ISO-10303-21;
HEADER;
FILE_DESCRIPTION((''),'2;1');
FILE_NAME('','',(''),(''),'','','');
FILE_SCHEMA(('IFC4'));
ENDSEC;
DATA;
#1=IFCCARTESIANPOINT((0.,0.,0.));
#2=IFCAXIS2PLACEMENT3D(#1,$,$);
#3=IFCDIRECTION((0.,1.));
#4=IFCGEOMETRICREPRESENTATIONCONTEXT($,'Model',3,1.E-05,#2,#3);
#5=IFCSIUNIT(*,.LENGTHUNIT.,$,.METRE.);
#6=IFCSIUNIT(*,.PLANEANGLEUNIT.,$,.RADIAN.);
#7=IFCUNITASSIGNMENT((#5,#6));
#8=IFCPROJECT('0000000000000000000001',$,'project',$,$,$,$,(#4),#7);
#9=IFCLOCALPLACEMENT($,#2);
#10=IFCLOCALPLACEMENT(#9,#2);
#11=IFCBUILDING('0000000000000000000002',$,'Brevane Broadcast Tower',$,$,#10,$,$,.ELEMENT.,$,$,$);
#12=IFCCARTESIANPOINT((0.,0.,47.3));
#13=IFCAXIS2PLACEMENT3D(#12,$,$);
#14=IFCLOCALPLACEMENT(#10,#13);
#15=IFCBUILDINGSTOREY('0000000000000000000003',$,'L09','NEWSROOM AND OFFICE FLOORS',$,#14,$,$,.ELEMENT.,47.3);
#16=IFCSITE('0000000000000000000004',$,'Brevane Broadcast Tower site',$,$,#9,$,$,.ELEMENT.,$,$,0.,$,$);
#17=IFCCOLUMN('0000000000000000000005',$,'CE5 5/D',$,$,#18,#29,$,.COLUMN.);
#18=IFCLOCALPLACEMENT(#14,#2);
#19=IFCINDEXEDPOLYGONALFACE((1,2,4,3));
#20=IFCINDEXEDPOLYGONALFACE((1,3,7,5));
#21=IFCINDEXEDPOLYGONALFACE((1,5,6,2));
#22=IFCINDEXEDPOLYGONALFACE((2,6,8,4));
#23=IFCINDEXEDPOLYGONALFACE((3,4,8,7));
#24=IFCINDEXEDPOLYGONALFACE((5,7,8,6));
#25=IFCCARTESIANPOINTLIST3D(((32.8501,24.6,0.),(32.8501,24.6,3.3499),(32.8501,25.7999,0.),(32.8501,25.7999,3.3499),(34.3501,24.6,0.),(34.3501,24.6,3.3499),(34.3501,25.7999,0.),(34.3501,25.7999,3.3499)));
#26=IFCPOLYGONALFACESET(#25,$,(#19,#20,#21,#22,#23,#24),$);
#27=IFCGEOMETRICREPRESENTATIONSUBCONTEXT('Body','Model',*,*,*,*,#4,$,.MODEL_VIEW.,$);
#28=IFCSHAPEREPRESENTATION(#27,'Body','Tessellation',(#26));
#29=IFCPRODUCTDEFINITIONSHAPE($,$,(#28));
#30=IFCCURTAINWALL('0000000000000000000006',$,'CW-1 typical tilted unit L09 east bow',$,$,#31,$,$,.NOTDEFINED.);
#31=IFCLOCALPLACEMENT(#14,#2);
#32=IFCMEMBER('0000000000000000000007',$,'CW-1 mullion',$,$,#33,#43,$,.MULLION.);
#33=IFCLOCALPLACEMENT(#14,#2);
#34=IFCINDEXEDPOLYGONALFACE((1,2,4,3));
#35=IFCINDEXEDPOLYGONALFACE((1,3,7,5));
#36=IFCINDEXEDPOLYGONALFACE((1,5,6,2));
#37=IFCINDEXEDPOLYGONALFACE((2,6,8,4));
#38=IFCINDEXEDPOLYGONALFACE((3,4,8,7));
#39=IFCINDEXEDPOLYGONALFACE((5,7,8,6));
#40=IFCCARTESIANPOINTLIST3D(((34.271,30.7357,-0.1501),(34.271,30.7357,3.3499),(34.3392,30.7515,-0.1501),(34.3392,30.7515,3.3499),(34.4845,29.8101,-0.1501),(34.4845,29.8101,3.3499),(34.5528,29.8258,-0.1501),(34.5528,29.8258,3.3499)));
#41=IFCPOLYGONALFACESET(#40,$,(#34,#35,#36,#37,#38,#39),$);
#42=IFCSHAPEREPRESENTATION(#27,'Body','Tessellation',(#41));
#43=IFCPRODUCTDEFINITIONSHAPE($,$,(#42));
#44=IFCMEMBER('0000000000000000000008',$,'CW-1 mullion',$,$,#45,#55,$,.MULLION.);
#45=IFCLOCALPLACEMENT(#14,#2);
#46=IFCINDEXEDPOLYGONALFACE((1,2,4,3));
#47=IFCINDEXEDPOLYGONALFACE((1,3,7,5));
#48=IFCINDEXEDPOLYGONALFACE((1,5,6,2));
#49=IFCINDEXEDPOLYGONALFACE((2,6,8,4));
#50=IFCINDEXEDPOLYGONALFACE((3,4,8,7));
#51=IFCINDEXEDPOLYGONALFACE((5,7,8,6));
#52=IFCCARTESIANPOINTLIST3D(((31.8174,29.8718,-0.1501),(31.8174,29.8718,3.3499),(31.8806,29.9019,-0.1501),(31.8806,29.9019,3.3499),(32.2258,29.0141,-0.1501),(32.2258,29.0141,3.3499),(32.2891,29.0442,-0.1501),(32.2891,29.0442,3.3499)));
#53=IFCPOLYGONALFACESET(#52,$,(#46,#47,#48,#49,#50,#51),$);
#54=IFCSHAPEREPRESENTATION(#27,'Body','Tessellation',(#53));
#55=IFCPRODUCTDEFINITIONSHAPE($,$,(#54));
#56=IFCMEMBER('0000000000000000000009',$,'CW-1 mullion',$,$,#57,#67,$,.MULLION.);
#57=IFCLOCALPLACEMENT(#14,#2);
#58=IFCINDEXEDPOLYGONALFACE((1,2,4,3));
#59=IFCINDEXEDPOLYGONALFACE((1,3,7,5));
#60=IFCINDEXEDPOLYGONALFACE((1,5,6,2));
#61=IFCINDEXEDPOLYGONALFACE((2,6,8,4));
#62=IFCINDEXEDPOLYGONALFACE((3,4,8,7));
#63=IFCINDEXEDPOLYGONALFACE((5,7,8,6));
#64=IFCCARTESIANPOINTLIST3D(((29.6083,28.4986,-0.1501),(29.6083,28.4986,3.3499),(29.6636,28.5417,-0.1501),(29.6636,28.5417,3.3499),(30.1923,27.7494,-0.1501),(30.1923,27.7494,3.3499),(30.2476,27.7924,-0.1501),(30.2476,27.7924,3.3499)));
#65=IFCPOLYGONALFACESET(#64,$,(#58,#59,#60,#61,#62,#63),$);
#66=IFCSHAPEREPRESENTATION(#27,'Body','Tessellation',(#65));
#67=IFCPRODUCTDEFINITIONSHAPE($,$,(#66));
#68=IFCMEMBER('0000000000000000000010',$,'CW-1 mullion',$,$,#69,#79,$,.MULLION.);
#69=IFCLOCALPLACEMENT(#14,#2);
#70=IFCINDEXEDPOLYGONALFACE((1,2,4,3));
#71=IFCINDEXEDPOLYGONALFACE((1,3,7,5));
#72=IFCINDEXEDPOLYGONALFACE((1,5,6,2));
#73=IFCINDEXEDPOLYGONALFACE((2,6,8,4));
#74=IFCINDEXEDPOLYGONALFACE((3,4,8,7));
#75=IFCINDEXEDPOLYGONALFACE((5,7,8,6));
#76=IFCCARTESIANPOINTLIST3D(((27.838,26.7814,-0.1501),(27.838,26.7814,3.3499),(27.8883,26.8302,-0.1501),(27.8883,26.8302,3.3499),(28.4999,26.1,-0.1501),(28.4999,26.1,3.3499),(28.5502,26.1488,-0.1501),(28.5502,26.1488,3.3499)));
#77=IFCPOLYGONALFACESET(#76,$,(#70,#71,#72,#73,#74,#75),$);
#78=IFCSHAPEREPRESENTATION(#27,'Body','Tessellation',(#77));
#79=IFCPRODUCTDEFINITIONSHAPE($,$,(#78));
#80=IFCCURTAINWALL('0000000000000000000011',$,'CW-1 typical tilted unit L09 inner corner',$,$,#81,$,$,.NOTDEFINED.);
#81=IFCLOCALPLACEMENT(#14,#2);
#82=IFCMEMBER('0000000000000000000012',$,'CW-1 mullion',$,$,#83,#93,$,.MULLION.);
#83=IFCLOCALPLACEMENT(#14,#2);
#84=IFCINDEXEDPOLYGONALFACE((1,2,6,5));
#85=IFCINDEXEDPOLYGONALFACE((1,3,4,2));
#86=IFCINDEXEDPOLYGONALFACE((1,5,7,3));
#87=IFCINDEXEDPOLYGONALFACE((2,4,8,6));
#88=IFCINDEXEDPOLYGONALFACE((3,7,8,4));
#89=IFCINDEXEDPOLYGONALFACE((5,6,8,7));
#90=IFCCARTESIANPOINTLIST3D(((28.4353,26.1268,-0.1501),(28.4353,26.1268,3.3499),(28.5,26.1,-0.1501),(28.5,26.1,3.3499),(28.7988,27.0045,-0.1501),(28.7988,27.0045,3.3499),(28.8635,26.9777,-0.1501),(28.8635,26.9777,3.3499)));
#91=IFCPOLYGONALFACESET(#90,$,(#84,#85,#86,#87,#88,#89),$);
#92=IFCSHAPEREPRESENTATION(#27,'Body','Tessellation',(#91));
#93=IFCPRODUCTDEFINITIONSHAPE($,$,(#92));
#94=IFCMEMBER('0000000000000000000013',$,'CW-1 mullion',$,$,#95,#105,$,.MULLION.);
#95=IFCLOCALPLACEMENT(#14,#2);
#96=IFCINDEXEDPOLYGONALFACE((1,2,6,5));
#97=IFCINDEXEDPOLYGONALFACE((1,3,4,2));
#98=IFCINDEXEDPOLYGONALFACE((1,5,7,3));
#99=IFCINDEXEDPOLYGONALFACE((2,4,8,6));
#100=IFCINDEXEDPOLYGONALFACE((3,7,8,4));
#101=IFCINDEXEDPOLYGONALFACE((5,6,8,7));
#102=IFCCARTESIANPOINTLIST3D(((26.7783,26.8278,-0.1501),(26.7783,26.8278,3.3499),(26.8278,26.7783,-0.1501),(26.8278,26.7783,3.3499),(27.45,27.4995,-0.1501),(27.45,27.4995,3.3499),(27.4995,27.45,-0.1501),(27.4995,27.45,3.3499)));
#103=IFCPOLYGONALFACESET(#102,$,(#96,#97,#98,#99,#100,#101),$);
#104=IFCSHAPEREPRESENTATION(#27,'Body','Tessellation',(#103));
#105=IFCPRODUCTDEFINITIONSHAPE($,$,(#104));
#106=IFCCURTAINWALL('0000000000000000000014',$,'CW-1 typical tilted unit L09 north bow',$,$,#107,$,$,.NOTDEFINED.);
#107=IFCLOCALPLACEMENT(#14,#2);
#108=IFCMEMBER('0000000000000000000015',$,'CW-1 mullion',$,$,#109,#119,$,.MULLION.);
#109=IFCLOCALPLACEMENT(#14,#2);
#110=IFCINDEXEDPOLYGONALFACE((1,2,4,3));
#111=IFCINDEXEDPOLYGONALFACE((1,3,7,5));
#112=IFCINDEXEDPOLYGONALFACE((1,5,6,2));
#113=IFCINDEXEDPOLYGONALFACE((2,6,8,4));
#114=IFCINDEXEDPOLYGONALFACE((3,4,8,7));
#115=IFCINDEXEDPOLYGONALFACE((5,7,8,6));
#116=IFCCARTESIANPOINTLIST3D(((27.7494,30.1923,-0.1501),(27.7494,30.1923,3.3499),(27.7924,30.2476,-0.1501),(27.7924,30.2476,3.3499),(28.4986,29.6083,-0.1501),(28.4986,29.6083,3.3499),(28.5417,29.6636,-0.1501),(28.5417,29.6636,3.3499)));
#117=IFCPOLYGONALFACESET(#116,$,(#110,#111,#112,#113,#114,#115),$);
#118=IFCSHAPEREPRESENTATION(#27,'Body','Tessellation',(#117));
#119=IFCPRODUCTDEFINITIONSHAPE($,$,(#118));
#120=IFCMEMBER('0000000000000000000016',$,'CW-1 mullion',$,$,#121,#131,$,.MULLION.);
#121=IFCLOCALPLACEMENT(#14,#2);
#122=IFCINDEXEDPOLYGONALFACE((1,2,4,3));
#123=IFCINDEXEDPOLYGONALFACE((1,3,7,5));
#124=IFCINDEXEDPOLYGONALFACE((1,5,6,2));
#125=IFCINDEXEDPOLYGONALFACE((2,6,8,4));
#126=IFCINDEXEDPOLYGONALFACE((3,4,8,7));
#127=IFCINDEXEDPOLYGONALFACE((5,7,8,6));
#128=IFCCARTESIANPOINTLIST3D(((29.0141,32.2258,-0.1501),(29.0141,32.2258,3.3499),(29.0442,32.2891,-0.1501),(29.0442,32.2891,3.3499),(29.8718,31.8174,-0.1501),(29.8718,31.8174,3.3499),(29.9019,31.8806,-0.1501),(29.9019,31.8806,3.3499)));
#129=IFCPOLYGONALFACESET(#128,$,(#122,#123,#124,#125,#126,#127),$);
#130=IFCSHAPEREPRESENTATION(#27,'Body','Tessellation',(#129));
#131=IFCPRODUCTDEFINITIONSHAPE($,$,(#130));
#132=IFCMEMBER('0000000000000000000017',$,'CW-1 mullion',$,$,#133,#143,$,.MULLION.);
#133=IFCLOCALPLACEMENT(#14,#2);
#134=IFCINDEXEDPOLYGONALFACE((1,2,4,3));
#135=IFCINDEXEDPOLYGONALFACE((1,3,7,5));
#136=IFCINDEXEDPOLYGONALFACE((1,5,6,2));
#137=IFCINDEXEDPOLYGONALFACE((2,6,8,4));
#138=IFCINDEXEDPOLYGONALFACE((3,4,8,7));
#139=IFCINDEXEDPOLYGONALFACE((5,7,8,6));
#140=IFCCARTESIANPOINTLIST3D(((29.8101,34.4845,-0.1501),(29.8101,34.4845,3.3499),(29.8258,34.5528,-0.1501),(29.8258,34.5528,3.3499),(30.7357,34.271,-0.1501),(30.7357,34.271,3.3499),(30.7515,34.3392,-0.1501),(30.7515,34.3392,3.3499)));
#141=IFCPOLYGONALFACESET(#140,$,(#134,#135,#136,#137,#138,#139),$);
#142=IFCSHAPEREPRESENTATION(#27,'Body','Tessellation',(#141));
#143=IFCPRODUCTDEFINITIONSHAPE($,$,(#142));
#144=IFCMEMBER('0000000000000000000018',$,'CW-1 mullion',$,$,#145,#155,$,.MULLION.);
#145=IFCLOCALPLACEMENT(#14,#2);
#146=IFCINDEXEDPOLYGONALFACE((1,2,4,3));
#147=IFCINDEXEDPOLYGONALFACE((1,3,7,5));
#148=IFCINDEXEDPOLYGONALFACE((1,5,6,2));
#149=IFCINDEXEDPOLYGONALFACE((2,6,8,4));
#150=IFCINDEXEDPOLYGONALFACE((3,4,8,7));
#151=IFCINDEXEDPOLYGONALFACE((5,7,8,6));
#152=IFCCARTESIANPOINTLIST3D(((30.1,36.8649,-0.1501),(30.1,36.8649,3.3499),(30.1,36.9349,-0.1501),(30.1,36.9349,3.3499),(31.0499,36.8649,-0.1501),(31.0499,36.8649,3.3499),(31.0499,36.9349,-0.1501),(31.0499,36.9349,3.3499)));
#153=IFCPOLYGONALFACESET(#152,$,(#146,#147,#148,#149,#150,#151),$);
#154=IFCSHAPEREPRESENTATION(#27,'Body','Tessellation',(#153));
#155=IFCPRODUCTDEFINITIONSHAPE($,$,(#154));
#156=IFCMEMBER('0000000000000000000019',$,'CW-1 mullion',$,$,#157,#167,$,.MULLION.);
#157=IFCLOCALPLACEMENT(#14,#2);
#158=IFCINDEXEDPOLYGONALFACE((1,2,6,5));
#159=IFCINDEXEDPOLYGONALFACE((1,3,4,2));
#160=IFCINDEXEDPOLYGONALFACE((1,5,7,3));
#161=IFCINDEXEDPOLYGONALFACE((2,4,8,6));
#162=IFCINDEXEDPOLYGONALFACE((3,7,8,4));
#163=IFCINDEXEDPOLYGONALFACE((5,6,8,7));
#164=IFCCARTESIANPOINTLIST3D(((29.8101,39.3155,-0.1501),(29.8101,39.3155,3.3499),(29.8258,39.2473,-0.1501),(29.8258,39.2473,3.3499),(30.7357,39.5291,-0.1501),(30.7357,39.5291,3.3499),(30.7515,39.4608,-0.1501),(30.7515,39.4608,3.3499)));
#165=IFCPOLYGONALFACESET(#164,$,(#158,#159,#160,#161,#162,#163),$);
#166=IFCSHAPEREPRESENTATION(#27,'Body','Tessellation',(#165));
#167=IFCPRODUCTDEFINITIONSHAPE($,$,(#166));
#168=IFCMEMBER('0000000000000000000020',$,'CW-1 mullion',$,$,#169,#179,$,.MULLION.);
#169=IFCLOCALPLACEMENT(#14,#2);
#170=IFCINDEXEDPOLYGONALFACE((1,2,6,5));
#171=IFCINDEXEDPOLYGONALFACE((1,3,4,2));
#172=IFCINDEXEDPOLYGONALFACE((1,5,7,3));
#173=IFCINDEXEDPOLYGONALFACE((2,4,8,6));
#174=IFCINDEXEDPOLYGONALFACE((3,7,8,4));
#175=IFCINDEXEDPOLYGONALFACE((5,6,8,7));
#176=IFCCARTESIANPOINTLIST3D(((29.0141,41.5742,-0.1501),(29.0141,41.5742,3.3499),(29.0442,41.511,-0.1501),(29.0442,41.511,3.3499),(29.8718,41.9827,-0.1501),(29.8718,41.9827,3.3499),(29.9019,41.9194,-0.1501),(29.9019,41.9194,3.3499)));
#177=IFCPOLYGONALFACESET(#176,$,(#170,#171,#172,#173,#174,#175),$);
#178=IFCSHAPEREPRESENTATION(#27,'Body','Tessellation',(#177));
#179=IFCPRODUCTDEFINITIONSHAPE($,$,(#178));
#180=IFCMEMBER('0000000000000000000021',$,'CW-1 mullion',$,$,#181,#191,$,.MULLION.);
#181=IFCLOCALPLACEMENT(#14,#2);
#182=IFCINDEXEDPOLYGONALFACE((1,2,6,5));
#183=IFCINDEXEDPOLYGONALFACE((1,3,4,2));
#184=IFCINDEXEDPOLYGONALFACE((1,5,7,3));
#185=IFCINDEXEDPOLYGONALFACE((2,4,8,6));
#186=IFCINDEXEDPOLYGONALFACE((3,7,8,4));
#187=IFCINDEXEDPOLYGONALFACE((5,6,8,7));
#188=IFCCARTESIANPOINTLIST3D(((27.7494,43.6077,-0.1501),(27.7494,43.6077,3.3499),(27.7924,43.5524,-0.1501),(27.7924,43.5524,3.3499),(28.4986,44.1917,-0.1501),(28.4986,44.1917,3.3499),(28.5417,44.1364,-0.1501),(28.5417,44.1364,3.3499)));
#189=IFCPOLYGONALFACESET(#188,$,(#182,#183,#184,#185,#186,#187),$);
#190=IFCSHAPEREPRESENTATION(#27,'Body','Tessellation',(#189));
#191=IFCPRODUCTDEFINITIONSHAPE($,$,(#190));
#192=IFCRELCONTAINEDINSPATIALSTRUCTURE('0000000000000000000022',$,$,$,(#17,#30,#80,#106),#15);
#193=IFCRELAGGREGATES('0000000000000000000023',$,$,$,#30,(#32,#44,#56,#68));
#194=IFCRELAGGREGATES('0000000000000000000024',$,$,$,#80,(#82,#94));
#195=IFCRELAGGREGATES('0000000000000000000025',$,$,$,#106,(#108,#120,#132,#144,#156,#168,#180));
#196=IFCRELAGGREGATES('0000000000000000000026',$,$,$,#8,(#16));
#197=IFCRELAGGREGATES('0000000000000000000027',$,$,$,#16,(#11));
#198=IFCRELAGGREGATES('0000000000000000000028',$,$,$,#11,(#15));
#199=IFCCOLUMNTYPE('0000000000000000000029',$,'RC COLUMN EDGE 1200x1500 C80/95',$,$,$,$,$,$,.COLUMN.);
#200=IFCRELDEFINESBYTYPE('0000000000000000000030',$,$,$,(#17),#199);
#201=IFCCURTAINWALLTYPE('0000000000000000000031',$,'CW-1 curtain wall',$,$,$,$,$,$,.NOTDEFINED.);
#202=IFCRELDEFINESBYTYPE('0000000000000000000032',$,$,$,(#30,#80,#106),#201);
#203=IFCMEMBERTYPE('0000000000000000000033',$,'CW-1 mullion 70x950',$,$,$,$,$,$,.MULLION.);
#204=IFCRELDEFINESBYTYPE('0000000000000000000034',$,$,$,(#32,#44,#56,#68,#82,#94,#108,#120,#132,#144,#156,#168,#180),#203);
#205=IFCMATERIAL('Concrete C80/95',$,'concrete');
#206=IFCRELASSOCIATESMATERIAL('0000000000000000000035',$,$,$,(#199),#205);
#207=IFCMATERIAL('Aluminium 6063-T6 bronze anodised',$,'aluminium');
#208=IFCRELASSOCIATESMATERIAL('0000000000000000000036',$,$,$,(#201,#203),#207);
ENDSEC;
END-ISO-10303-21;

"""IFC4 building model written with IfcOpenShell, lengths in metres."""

from ifc_helpers import new_model, si_unit, direction, frame, origin, origin_2d, place, context, subcontext, project, spatial, rectangle, extrude, material, material_profile, profile_set, type_object, element, aggregate, save


model = new_model("IFC4")

# Units and contexts
model_context = context("Model", 3, precision=1e-05, world=origin(), true_north=direction((0.0, 1.0)))
body_context = subcontext(model_context, "Body", "Model", "MODEL_VIEW")
ifc_project = project(units=[si_unit("LENGTHUNIT", "METRE"), si_unit("PLANEANGLEUNIT", "RADIAN")], contexts=[model_context])

# Site, building, storey
site_placement = place(None, origin())
site = spatial("IfcSite", under=ifc_project, at=site_placement, Name="Brevane Broadcast Tower site", CompositionType="ELEMENT", RefElevation=0.0)
building_placement = place(site_placement, origin())
building = spatial("IfcBuilding", under=site, at=building_placement, Name="Brevane Broadcast Tower", CompositionType="ELEMENT")
storey_placement = place(building_placement, frame((0.0, 0.0, 47.3)))
storey = spatial("IfcBuildingStorey", under=building, at=storey_placement, Name="L09", Description="NEWSROOM AND OFFICE FLOORS", CompositionType="ELEMENT", Elevation=47.3)

# Column
ifc_material_1 = material(Name="Concrete C80/95", Category="concrete")
ifc_material_profile_1 = material_profile(ifc_material_1, rectangle(XDim=1.2, YDim=1.5, at=origin_2d()), Name="RC 1200x1500")
ifc_profile_set_1 = profile_set([ifc_material_profile_1], Name="Concrete C80/95")
column_type = type_object("IfcColumnType", Name="RC COLUMN EDGE 1200x1500 C80/95", PredefinedType="COLUMN", material=ifc_profile_set_1)
column_placement = place(storey_placement, frame((33.6001, 25.2, 0.0), z_axis=(0.0, 0.0, 1.0), x_axis=(0.0, 1.0, 0.0)))
element("IfcColumn", 1, at=column_placement, inside=storey, type_object=column_type, Name="CE5 5/D", PredefinedType="COLUMN", context=body_context, shape_type="SweptSolid", body=[
    extrude(rectangle(XDim=1.2, YDim=1.5, at=origin_2d()), origin(), (0.0, 0.0, 1.0), 3.3499),
])

# Curtain walls, members
ifc_material_2 = material(Name="Aluminium 6063-T6 bronze anodised", Category="aluminium")
curtain_wall_type = type_object("IfcCurtainWallType", Name="CW-1 curtain wall", PredefinedType="NOTDEFINED", material=ifc_material_2)
curtain_wall_1_placement = place(storey_placement, origin())
curtain_wall_1 = element("IfcCurtainWall", 2, at=curtain_wall_1_placement, inside=storey, type_object=curtain_wall_type, Name="CW-1 typical tilted unit L09 east bow", PredefinedType="NOTDEFINED")
ifc_material_profile_2 = material_profile(ifc_material_2, rectangle(XDim=0.95, YDim=0.0701, at=origin_2d()), Name="RECT 70x950")
ifc_profile_set_2 = profile_set([ifc_material_profile_2], Name="Aluminium 6063-T6 bronze anodised")
member_type_1 = type_object("IfcMemberType", Name="CW-1 mullion 70x950", PredefinedType="MULLION", material=ifc_profile_set_2)
member_1_placement = place(storey_placement, frame((34.4119, 30.2808, -0.1501), z_axis=(0.0, 0.0, 1.0), x_axis=(0.224806, -0.974403, 0.0)))
member_1 = element("IfcMember", 3, at=member_1_placement, type_object=member_type_1, Name="CW-1 mullion", PredefinedType="MULLION", context=body_context, shape_type="SweptSolid", body=[
    extrude(rectangle(XDim=0.95, YDim=0.0701, at=origin_2d()), origin(), (0.0, 0.0, 1.0), 3.5),
])
member_2_placement = place(storey_placement, frame((32.0532, 29.458, -0.1501), z_axis=(0.0, 0.0, 1.0), x_axis=(0.429934, -0.902861, 0.0)))
member_2 = element("IfcMember", 4, at=member_2_placement, type_object=member_type_1, Name="CW-1 mullion", PredefinedType="MULLION", context=body_context, shape_type="SweptSolid", body=[
    extrude(rectangle(XDim=0.95, YDim=0.0701, at=origin_2d()), origin(), (0.0, 0.0, 1.0), 3.5),
])
member_3_placement = place(storey_placement, frame((29.928, 28.1455, -0.1501), z_axis=(0.0, 0.0, 1.0), x_axis=(0.61477, -0.788707, 0.0)))
member_3 = element("IfcMember", 5, at=member_3_placement, type_object=member_type_1, Name="CW-1 mullion", PredefinedType="MULLION", context=body_context, shape_type="SweptSolid", body=[
    extrude(rectangle(XDim=0.95, YDim=0.0701, at=origin_2d()), origin(), (0.0, 0.0, 1.0), 3.5),
])
member_4_placement = place(storey_placement, frame((28.1941, 26.4651, -0.1501), z_axis=(0.0, 0.0, 1.0), x_axis=(0.696812, -0.717254, 0.0)))
member_4 = element("IfcMember", 6, at=member_4_placement, type_object=member_type_1, Name="CW-1 mullion", PredefinedType="MULLION", context=body_context, shape_type="SweptSolid", body=[
    extrude(rectangle(XDim=0.95, YDim=0.0701, at=origin_2d()), origin(), (0.0, 0.0, 1.0), 3.5),
])
curtain_wall_2_placement = place(storey_placement, origin())
curtain_wall_2 = element("IfcCurtainWall", 7, at=curtain_wall_2_placement, inside=storey, type_object=curtain_wall_type, Name="CW-1 typical tilted unit L09 inner corner", PredefinedType="NOTDEFINED")
member_5_placement = place(storey_placement, frame((28.6494, 26.5522, -0.1501), z_axis=(0.0, 0.0, 1.0), x_axis=(-0.382684, -0.923879, 0.0)))
member_5 = element("IfcMember", 8, at=member_5_placement, type_object=member_type_1, Name="CW-1 mullion", PredefinedType="MULLION", context=body_context, shape_type="SweptSolid", body=[
    extrude(rectangle(XDim=0.95, YDim=0.0701, at=origin_2d()), origin(), (0.0, 0.0, 1.0), 3.5),
])
member_6_placement = place(storey_placement, frame((27.1389, 27.1389, -0.1501), z_axis=(0.0, 0.0, 1.0), x_axis=(-0.707107, -0.707107, 0.0)))
member_6 = element("IfcMember", 9, at=member_6_placement, type_object=member_type_1, Name="CW-1 mullion", PredefinedType="MULLION", context=body_context, shape_type="SweptSolid", body=[
    extrude(rectangle(XDim=0.95, YDim=0.0701, at=origin_2d()), origin(), (0.0, 0.0, 1.0), 3.5),
])
curtain_wall_3_placement = place(storey_placement, origin())
curtain_wall_3 = element("IfcCurtainWall", 10, at=curtain_wall_3_placement, inside=storey, type_object=curtain_wall_type, Name="CW-1 typical tilted unit L09 north bow", PredefinedType="NOTDEFINED")
member_7_placement = place(storey_placement, frame((28.1455, 29.928, -0.1501), z_axis=(0.0, 0.0, 1.0), x_axis=(-0.788707, 0.61477, 0.0)))
member_7 = element("IfcMember", 11, at=member_7_placement, type_object=member_type_1, Name="CW-1 mullion", PredefinedType="MULLION", context=body_context, shape_type="SweptSolid", body=[
    extrude(rectangle(XDim=0.95, YDim=0.0701, at=origin_2d()), origin(), (0.0, 0.0, 1.0), 3.5),
])
member_8_placement = place(storey_placement, frame((29.458, 32.0532, -0.1501), z_axis=(0.0, 0.0, 1.0), x_axis=(-0.902861, 0.429934, 0.0)))
member_8 = element("IfcMember", 12, at=member_8_placement, type_object=member_type_1, Name="CW-1 mullion", PredefinedType="MULLION", context=body_context, shape_type="SweptSolid", body=[
    extrude(rectangle(XDim=0.95, YDim=0.0701, at=origin_2d()), origin(), (0.0, 0.0, 1.0), 3.5),
])
member_9_placement = place(storey_placement, frame((30.2808, 34.4119, -0.1501), z_axis=(0.0, 0.0, 1.0), x_axis=(-0.974403, 0.224806, 0.0)))
member_9 = element("IfcMember", 13, at=member_9_placement, type_object=member_type_1, Name="CW-1 mullion", PredefinedType="MULLION", context=body_context, shape_type="SweptSolid", body=[
    extrude(rectangle(XDim=0.95, YDim=0.0701, at=origin_2d()), origin(), (0.0, 0.0, 1.0), 3.5),
])
member_10_placement = place(storey_placement, frame((30.575, 36.8999, -0.1501), z_axis=(0.0, 0.0, 1.0), x_axis=(-1.0, 0.0, 0.0)))
member_10 = element("IfcMember", 14, at=member_10_placement, type_object=member_type_1, Name="CW-1 mullion", PredefinedType="MULLION", context=body_context, shape_type="SweptSolid", body=[
    extrude(rectangle(XDim=0.95, YDim=0.0701, at=origin_2d()), origin(), (0.0, 0.0, 1.0), 3.5),
])
member_11_placement = place(storey_placement, frame((30.2808, 39.3882, -0.1501), z_axis=(0.0, 0.0, 1.0), x_axis=(-0.974403, -0.224806, 0.0)))
member_11 = element("IfcMember", 15, at=member_11_placement, type_object=member_type_1, Name="CW-1 mullion", PredefinedType="MULLION", context=body_context, shape_type="SweptSolid", body=[
    extrude(rectangle(XDim=0.95, YDim=0.0701, at=origin_2d()), origin(), (0.0, 0.0, 1.0), 3.5),
])
member_12_placement = place(storey_placement, frame((29.458, 41.7468, -0.1501), z_axis=(0.0, 0.0, 1.0), x_axis=(-0.902861, -0.429934, 0.0)))
member_12 = element("IfcMember", 16, at=member_12_placement, type_object=member_type_1, Name="CW-1 mullion", PredefinedType="MULLION", context=body_context, shape_type="SweptSolid", body=[
    extrude(rectangle(XDim=0.95, YDim=0.0701, at=origin_2d()), origin(), (0.0, 0.0, 1.0), 3.5),
])
member_13_placement = place(storey_placement, frame((28.1455, 43.8721, -0.1501), z_axis=(0.0, 0.0, 1.0), x_axis=(-0.788707, -0.61477, 0.0)))
member_13 = element("IfcMember", 17, at=member_13_placement, type_object=member_type_1, Name="CW-1 mullion", PredefinedType="MULLION", context=body_context, shape_type="SweptSolid", body=[
    extrude(rectangle(XDim=0.95, YDim=0.0701, at=origin_2d()), origin(), (0.0, 0.0, 1.0), 3.5),
])

aggregate(curtain_wall_1, [member_1, member_2, member_3, member_4])
aggregate(curtain_wall_2, [member_5, member_6])
aggregate(curtain_wall_3, [member_7, member_8, member_9, member_10, member_11, member_12, member_13])

save(model, "model.ifc")
